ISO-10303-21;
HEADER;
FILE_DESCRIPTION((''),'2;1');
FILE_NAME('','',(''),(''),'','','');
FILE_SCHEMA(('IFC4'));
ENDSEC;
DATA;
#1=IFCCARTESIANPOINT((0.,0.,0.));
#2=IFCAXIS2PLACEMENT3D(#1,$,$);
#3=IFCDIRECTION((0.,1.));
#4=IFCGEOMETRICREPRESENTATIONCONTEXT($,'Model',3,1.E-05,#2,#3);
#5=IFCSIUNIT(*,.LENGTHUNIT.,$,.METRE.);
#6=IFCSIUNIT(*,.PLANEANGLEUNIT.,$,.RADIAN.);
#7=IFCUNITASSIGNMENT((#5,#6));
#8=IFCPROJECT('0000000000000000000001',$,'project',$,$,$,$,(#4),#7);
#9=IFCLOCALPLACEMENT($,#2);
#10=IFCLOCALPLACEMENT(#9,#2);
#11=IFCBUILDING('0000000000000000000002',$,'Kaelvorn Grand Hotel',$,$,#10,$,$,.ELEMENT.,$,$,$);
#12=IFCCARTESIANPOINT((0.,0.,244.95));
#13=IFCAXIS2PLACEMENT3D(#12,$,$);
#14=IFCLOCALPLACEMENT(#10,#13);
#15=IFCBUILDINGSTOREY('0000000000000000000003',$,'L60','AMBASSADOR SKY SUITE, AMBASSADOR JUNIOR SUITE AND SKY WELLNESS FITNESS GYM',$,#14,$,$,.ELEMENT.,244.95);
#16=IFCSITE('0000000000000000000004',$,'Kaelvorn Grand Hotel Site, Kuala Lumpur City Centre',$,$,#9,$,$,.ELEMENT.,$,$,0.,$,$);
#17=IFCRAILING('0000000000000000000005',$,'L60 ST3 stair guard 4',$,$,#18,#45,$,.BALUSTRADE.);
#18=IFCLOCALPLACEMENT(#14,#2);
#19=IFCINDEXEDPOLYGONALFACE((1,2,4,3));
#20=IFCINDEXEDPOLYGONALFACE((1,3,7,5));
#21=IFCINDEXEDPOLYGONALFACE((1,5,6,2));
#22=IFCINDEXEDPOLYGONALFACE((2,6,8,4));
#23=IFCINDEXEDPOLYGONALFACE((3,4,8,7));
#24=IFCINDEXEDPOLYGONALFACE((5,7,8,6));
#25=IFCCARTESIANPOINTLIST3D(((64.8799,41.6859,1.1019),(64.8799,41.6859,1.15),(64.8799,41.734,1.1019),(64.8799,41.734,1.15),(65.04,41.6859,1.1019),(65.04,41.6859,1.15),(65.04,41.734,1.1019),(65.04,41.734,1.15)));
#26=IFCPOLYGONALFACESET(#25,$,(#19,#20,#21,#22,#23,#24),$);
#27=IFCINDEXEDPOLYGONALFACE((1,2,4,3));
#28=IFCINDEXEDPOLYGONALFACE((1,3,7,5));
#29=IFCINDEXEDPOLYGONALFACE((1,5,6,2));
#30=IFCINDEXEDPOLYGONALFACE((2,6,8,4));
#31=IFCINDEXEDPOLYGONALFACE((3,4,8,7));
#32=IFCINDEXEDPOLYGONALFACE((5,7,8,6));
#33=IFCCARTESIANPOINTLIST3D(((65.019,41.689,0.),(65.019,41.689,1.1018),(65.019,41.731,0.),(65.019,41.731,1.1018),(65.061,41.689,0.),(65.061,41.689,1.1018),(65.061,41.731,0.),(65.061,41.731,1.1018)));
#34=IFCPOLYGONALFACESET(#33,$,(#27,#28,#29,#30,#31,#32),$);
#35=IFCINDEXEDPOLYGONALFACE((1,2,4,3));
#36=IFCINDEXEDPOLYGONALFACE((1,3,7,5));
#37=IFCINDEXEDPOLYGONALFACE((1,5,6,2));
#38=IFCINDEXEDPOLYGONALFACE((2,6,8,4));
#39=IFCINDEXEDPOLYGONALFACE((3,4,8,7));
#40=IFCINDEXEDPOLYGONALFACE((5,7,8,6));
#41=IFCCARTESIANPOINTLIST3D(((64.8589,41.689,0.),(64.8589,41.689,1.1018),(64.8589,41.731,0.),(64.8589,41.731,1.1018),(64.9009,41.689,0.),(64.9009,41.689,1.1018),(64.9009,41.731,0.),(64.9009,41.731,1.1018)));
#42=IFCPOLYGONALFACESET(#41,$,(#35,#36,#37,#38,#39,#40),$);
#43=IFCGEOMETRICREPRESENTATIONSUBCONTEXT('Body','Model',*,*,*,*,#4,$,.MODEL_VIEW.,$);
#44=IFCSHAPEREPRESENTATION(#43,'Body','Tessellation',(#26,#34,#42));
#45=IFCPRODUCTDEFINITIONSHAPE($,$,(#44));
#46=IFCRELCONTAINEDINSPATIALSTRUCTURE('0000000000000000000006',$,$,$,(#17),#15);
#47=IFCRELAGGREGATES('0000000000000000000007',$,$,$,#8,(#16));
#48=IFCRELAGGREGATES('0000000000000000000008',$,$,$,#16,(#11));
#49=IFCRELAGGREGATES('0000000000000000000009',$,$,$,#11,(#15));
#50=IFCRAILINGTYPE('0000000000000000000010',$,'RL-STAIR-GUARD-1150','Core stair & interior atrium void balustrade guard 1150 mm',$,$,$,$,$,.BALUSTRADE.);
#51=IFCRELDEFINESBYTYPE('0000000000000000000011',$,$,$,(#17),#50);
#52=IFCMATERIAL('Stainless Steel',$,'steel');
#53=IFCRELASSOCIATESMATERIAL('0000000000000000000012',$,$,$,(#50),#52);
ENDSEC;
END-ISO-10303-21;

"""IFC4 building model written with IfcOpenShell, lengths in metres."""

from ifc_helpers import new_model, si_unit, direction, frame, origin, origin_2d, place, context, subcontext, project, spatial, rectangle, extrude, material, type_object, element, save


model = new_model("IFC4")

# Units and contexts
model_context = context("Model", 3, precision=1e-05, world=origin(), true_north=direction((0.0, 1.0)))
body_context = subcontext(model_context, "Body", "Model", "MODEL_VIEW")
ifc_project = project(units=[si_unit("LENGTHUNIT", "METRE"), si_unit("PLANEANGLEUNIT", "RADIAN")], contexts=[model_context])

# Site, building, storey
site_placement = place(None, origin())
site = spatial("IfcSite", under=ifc_project, at=site_placement, Name="Kaelvorn Grand Hotel Site, Kuala Lumpur City Centre", CompositionType="ELEMENT", RefElevation=0.0)
building_placement = place(site_placement, origin())
building = spatial("IfcBuilding", under=site, at=building_placement, Name="Kaelvorn Grand Hotel", CompositionType="ELEMENT")
storey_placement = place(building_placement, frame((0.0, 0.0, 244.95)))
storey = spatial("IfcBuildingStorey", under=building, at=storey_placement, Name="L60", Description="AMBASSADOR SKY SUITE, AMBASSADOR JUNIOR SUITE AND SKY WELLNESS FITNESS GYM", CompositionType="ELEMENT", Elevation=244.95)

# Railing
ifc_material_1 = material(Name="Stainless Steel", Category="steel")
railing_type_1 = type_object("IfcRailingType", Name="RL-STAIR-GUARD-1150", Description="Core stair & interior atrium void balustrade guard 1150 mm", PredefinedType="BALUSTRADE", material=ifc_material_1)
railing_1_placement = place(storey_placement, frame((65.04, 41.71, 0.0)))
element("IfcRailing", 1, at=railing_1_placement, inside=storey, type_object=railing_type_1, Name="L60 ST3 stair guard 4", PredefinedType="BALUSTRADE", context=body_context, shape_type="SweptSolid", body=[
    extrude(rectangle(XDim=0.0481, YDim=0.0481, at=origin_2d()), frame((0.0, 0.0, 1.126), z_axis=(-1.0, 0.0, 0.0), x_axis=(0.0, -1.0, 0.0)), (0.0, 0.0, 1.0), 0.1602),
    extrude(rectangle(XDim=0.042, YDim=0.042, at=origin_2d()), origin(), (0.0, 0.0, 1.0), 1.1018),
    extrude(rectangle(XDim=0.042, YDim=0.042, at=origin_2d()), frame((-0.1602, 0.0, 0.0)), (0.0, 0.0, 1.0), 1.1018),
])

save(model, "model.ifc")
